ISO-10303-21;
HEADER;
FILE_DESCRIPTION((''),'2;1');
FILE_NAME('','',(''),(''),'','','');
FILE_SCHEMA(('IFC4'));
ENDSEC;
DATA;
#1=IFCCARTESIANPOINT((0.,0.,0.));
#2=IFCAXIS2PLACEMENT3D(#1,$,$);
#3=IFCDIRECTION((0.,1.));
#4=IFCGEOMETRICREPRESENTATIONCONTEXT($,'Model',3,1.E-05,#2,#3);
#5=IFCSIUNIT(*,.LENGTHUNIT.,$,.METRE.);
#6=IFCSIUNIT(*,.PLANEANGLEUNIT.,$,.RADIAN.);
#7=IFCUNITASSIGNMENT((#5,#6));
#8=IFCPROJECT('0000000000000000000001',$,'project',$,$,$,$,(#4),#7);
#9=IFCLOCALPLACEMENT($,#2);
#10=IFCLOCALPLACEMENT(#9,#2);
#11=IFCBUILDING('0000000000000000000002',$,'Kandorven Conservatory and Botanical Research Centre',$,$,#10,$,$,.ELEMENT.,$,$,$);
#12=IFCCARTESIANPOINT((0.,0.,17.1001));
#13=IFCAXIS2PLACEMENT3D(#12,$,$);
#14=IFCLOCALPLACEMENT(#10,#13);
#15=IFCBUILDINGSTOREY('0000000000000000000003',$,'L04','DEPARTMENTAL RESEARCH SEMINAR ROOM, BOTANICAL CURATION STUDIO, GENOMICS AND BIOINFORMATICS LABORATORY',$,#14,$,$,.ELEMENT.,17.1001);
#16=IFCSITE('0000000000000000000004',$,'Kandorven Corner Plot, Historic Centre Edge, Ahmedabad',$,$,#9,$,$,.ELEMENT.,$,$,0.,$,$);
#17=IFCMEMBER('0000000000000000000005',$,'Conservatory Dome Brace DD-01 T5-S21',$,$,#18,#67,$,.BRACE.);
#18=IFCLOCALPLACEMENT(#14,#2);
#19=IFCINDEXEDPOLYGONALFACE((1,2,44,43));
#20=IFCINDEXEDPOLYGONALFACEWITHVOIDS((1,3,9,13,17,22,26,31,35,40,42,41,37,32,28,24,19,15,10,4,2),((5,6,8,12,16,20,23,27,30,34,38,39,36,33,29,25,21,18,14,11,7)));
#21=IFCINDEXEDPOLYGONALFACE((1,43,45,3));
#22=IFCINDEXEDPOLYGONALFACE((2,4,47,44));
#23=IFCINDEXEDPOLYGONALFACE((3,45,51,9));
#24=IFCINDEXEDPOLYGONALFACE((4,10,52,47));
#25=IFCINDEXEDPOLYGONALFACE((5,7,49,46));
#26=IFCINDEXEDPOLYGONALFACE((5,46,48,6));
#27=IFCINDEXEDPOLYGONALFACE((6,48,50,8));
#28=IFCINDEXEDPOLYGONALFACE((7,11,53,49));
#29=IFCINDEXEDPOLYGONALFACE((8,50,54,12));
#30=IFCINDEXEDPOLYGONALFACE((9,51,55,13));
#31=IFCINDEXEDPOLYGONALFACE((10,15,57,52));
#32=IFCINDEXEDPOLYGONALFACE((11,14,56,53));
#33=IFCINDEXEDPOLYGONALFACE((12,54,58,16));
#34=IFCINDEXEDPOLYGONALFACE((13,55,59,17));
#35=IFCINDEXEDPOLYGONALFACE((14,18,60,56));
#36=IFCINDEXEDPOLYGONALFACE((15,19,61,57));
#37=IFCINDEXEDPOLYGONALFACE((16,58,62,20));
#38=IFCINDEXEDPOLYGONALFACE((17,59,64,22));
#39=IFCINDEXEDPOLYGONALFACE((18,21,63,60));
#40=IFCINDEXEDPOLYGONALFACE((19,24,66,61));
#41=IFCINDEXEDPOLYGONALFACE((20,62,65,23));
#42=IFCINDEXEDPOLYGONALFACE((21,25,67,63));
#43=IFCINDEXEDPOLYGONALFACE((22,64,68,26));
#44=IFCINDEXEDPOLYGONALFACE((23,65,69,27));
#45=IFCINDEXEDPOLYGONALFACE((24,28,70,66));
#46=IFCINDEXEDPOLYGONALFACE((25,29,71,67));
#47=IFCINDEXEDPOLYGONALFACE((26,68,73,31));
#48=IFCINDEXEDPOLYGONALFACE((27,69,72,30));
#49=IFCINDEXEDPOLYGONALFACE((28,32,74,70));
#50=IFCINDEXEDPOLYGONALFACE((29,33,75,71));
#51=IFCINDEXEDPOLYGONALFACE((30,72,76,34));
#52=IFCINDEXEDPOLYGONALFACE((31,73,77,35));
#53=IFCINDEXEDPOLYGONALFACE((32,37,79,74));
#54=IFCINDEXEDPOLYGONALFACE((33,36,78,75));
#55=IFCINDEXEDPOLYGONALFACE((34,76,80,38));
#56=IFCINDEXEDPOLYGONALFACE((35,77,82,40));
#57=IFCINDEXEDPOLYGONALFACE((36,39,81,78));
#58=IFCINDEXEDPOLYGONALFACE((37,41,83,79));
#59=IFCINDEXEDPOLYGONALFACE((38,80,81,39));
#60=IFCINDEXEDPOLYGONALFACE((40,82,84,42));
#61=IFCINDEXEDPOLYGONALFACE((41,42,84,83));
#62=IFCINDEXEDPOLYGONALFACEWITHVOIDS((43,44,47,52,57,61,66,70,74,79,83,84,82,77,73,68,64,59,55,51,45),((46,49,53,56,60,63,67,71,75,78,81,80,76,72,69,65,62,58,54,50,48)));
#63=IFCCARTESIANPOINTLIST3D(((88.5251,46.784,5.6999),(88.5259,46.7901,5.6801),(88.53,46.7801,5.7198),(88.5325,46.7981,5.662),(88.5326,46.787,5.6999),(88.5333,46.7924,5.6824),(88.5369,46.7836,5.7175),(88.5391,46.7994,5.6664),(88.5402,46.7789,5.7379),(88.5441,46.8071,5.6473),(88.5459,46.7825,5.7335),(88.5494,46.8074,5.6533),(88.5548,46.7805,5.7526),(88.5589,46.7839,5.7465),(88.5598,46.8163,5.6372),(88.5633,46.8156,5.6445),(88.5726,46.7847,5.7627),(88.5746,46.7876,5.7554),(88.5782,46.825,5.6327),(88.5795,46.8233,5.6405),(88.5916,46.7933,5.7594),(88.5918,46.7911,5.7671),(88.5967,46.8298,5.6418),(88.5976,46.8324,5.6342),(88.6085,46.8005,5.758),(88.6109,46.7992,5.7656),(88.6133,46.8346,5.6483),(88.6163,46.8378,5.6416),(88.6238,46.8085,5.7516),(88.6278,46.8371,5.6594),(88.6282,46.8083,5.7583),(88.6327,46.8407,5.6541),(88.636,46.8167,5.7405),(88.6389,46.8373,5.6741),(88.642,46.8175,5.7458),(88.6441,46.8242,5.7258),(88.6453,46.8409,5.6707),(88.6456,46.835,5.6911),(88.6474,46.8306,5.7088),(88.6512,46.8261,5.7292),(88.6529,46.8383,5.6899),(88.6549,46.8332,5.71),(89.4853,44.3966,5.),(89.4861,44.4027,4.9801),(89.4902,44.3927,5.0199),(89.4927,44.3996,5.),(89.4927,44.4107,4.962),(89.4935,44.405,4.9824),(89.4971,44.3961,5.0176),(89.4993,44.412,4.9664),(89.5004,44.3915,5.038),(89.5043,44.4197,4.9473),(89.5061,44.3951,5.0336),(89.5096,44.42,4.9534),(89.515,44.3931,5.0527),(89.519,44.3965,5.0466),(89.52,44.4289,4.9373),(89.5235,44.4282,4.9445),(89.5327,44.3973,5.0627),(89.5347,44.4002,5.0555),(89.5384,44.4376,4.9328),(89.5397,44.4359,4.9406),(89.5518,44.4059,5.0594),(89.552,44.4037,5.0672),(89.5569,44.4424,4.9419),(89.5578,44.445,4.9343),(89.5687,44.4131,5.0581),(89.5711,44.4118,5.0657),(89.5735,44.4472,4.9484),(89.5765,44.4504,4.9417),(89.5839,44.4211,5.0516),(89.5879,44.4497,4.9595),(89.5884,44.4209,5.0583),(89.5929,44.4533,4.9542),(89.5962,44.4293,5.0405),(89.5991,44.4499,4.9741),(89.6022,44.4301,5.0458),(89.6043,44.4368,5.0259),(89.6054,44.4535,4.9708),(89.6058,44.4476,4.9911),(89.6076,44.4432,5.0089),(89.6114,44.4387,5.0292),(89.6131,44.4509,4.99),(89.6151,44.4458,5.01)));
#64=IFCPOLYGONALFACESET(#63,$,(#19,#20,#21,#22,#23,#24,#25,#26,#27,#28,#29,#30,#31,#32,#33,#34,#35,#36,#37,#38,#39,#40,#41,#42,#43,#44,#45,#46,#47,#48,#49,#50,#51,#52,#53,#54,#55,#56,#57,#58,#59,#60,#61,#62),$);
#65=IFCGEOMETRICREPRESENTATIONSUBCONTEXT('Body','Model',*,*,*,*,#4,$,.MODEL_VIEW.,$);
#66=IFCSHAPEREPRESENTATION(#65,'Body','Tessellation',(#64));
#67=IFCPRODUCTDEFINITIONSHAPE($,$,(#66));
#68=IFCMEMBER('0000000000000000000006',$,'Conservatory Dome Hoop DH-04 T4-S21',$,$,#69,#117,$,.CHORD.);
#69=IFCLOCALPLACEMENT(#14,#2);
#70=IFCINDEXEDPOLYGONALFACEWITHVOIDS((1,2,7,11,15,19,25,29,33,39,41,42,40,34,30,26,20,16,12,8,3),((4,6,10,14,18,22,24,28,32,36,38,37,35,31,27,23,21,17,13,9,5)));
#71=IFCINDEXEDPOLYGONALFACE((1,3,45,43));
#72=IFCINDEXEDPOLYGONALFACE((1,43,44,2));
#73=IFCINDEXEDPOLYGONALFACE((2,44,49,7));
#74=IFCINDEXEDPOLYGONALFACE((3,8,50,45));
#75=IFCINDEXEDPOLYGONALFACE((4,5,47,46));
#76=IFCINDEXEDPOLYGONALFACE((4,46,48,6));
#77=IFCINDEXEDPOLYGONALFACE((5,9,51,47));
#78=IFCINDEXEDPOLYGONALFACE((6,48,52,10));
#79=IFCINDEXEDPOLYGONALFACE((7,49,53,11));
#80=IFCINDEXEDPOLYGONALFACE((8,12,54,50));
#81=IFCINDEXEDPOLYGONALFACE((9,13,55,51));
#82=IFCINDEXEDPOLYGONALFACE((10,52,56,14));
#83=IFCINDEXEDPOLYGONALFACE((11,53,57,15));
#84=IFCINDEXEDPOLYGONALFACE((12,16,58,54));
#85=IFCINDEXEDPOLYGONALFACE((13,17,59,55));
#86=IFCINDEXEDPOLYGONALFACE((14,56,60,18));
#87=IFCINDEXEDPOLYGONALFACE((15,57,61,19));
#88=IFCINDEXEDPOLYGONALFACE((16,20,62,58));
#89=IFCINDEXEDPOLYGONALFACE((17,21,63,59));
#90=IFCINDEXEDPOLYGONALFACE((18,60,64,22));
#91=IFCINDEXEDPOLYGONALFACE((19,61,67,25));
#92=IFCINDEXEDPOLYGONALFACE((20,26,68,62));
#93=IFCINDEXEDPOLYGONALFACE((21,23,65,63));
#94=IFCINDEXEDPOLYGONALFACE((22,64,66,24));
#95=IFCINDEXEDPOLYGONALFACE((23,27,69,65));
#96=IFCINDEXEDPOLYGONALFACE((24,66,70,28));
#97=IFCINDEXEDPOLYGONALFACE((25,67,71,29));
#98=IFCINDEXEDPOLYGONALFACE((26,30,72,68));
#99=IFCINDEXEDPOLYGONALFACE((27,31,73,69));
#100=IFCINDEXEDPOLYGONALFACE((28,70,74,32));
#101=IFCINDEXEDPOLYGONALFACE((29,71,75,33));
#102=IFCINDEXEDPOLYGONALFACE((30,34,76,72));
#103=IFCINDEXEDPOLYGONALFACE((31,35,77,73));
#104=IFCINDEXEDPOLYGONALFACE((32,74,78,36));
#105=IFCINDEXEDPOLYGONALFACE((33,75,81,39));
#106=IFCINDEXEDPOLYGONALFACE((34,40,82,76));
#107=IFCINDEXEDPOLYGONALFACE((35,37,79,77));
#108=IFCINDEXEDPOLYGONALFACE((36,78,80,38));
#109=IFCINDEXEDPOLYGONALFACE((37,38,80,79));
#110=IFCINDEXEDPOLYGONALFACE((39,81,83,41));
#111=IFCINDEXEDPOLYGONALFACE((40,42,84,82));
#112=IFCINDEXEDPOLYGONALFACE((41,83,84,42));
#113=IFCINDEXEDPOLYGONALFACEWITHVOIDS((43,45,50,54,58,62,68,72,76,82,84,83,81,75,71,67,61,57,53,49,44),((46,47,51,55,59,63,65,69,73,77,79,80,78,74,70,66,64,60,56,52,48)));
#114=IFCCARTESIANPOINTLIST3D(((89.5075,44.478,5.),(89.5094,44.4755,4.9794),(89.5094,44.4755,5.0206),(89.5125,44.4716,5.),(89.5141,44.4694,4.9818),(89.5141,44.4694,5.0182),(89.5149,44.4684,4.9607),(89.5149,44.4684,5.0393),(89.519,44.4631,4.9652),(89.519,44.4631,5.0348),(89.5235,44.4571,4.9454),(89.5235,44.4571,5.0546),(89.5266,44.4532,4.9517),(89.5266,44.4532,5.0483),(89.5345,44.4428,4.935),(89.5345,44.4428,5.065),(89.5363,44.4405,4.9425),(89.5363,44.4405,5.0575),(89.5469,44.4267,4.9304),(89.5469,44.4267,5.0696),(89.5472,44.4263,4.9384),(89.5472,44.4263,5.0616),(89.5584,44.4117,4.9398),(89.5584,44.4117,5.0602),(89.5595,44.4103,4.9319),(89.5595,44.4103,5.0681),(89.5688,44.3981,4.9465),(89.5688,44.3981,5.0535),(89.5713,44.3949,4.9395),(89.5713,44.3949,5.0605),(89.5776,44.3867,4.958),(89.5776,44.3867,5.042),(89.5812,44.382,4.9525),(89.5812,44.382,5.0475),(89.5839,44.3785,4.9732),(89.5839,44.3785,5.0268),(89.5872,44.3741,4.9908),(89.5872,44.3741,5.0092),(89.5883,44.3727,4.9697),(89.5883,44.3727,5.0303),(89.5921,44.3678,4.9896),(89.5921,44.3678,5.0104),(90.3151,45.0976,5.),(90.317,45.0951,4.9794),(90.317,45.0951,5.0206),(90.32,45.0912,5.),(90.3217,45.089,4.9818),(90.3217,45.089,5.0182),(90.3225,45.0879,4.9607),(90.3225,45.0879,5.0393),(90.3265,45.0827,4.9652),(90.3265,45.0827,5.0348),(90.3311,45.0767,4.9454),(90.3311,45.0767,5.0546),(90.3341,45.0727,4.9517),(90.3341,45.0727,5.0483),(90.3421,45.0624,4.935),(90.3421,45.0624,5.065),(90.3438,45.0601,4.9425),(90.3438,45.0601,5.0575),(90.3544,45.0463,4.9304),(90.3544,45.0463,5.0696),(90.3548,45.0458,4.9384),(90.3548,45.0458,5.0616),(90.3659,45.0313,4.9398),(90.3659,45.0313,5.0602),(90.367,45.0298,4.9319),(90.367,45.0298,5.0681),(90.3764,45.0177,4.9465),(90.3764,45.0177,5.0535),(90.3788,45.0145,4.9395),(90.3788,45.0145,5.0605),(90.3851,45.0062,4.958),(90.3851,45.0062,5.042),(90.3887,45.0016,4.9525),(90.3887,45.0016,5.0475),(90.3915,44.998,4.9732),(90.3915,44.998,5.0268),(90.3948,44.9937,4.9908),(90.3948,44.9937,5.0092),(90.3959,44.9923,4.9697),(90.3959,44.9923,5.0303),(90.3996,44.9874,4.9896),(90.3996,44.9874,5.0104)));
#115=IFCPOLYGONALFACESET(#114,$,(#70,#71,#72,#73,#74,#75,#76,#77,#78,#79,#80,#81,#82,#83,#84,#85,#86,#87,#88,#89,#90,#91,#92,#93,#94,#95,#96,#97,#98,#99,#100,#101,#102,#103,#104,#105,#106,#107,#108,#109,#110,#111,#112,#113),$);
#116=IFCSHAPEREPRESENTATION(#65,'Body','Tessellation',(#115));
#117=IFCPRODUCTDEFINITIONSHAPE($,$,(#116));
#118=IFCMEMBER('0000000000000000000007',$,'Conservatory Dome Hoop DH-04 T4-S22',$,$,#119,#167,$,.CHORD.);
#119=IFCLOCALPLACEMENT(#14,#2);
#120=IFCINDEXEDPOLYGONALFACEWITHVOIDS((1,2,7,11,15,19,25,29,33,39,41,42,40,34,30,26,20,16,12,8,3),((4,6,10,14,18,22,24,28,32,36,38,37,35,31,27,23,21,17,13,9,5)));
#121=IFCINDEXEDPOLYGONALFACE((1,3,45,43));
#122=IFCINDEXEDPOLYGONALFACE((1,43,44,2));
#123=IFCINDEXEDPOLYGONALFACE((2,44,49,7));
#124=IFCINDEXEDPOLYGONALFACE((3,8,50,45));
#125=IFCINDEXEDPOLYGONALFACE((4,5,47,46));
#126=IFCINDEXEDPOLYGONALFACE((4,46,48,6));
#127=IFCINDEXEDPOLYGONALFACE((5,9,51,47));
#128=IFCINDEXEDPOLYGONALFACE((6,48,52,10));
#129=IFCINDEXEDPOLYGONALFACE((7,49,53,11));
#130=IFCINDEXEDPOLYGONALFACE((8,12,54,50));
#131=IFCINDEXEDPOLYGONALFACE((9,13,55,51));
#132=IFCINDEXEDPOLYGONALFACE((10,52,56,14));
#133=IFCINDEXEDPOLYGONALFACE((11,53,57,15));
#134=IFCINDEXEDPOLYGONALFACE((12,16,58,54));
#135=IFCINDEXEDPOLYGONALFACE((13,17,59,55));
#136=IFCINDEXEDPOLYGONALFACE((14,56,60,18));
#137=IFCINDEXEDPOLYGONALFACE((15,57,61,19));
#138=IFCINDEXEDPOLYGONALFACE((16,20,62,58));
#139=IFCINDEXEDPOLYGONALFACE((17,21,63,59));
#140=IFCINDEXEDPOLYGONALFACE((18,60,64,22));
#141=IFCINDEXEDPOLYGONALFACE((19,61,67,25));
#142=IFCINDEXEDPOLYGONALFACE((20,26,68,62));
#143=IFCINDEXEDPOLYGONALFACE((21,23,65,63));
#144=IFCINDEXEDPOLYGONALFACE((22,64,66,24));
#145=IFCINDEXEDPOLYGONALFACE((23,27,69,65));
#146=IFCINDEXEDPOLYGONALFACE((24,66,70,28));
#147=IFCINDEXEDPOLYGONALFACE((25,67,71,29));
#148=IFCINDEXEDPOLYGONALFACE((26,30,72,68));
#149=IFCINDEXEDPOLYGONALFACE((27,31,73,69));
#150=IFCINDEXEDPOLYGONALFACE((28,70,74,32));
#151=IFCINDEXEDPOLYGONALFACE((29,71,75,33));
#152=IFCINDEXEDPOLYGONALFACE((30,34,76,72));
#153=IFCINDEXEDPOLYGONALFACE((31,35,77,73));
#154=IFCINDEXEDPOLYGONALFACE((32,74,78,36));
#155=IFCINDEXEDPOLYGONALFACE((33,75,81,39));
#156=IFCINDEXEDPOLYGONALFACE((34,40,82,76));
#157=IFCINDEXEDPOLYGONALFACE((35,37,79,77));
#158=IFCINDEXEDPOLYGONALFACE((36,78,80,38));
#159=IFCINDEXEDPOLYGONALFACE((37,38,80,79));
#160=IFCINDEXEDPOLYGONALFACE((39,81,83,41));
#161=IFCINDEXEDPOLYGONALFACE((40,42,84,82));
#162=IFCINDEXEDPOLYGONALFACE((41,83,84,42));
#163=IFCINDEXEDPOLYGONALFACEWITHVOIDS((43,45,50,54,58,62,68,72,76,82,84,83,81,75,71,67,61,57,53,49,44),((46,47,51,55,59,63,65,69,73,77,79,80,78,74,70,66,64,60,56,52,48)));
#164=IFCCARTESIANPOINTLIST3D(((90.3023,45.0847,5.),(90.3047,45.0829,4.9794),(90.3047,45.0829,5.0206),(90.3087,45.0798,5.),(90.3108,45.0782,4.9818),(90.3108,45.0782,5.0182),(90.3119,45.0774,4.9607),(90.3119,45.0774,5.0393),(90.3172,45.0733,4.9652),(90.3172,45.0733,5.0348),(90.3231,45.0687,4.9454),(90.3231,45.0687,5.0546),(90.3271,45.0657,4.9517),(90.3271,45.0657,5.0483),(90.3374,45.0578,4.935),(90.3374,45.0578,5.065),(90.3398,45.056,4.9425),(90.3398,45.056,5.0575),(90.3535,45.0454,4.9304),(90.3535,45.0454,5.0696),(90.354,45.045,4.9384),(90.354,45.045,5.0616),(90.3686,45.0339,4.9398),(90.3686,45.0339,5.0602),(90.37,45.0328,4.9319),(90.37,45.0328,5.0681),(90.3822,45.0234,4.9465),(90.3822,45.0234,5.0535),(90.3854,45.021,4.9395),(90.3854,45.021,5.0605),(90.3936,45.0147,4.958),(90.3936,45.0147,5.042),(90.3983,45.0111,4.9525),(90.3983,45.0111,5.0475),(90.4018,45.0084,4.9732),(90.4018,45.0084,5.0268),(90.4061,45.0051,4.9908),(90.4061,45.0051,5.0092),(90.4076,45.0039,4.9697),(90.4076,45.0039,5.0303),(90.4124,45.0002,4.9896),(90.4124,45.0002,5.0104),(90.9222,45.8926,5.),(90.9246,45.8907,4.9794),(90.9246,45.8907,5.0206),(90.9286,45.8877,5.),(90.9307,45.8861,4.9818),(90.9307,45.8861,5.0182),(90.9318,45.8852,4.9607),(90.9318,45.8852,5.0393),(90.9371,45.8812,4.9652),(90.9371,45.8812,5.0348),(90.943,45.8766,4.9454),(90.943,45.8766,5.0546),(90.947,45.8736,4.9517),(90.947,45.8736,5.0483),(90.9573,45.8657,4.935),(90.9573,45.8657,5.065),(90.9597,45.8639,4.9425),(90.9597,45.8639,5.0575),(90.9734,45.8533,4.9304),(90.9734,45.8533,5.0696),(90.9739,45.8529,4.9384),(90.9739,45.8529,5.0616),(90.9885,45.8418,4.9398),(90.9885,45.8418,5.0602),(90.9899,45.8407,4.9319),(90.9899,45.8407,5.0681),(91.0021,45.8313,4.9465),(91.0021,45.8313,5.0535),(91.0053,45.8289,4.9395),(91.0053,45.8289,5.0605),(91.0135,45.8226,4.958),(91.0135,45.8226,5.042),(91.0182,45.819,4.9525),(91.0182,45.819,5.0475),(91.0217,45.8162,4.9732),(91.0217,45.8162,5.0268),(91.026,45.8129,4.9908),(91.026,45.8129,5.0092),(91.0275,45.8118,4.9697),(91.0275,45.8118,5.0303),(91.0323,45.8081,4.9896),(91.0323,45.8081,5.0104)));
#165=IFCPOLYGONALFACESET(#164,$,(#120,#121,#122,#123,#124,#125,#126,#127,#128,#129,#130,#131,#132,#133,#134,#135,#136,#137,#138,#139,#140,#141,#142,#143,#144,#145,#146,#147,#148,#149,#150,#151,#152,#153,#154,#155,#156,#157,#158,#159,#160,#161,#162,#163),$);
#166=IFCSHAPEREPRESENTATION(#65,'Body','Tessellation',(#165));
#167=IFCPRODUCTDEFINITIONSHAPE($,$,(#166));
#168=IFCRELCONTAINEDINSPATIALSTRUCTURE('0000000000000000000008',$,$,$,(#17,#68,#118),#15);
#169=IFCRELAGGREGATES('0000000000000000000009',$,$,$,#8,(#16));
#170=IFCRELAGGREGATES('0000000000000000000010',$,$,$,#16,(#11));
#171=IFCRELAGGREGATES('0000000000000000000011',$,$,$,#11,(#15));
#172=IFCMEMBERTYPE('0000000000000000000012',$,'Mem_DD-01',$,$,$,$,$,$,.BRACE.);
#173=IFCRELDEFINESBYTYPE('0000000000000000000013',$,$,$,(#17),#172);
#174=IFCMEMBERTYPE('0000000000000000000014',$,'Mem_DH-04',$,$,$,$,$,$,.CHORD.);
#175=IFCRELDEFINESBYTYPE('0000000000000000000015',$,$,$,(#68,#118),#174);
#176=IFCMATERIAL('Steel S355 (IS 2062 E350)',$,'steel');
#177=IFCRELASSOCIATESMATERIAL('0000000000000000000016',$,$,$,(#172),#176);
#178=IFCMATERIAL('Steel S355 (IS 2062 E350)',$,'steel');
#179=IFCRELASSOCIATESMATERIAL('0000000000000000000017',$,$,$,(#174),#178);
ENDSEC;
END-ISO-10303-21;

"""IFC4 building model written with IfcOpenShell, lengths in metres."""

from ifc_helpers import new_model, si_unit, direction, frame, origin, origin_2d, place, context, subcontext, project, spatial, hollow_circle, extrude, material, material_profile, profile_set, type_object, element, save


model = new_model("IFC4")

# Units and contexts
model_context = context("Model", 3, precision=1e-05, world=origin(), true_north=direction((0.0, 1.0)))
body_context = subcontext(model_context, "Body", "Model", "MODEL_VIEW")
ifc_project = project(units=[si_unit("LENGTHUNIT", "METRE"), si_unit("PLANEANGLEUNIT", "RADIAN")], contexts=[model_context])

# Site, building, storey
site_placement = place(None, origin())
site = spatial("IfcSite", under=ifc_project, at=site_placement, Name="Kandorven Corner Plot, Historic Centre Edge, Ahmedabad", CompositionType="ELEMENT", RefElevation=0.0)
building_placement = place(site_placement, origin())
building = spatial("IfcBuilding", under=site, at=building_placement, Name="Kandorven Conservatory and Botanical Research Centre", CompositionType="ELEMENT")
storey_placement = place(building_placement, frame((0.0, 0.0, 17.1001)))
storey = spatial("IfcBuildingStorey", under=building, at=storey_placement, Name="L04", Description="DEPARTMENTAL RESEARCH SEMINAR ROOM, BOTANICAL CURATION STUDIO, GENOMICS AND BIOINFORMATICS LABORATORY", CompositionType="ELEMENT", Elevation=17.1001)

# Members
ifc_material_1 = material(Name="Steel S355 (IS 2062 E350)", Category="steel")
ifc_material_profile_1 = material_profile(ifc_material_1, hollow_circle(Radius=0.0698, WallThickness=0.0081, at=origin_2d()))
ifc_profile_set_1 = profile_set([ifc_material_profile_1], Name="Steel S355 (IS 2062 E350)")
member_type_1 = type_object("IfcMemberType", Name="Mem_DD-01", PredefinedType="BRACE", material=ifc_profile_set_1)
for number, where, z_axis, x_axis, name in (
    (1, (89.55, 44.4226, 5.0), (-0.360058, 0.895248, 0.262468), (-0.927775, -0.37314, 0.0), "Conservatory Dome Brace DD-01 T5-S21"),
):
    element("IfcMember", number, at=place(storey_placement, frame(where, z_axis=z_axis, x_axis=x_axis)), inside=storey, type_object=member_type_1, Name=name, PredefinedType="BRACE", context=body_context, shape_type="SweptSolid", body=[
        extrude(hollow_circle(Radius=0.0698, WallThickness=0.0081, at=origin_2d()), origin(), (0.0, 0.0, 1.0), 2.6667),
    ])
ifc_material_2 = material(Name="Steel S355 (IS 2062 E350)", Category="steel")
ifc_material_profile_2 = material_profile(ifc_material_2, hollow_circle(Radius=0.0698, WallThickness=0.0081, at=origin_2d()))
ifc_profile_set_2 = profile_set([ifc_material_profile_2], Name="Steel S355 (IS 2062 E350)")
member_type_2 = type_object("IfcMemberType", Name="Mem_DH-04", PredefinedType="CHORD", material=ifc_profile_set_2)
member_1_placement = place(storey_placement, frame((89.55, 44.4226, 5.0), z_axis=(0.79339, 0.608713, 0.0), x_axis=(-0.608713, 0.79339, 0.0)))
element("IfcMember", 2, at=member_1_placement, inside=storey, type_object=member_type_2, Name="Conservatory Dome Hoop DH-04 T4-S21", PredefinedType="CHORD", context=body_context, shape_type="SweptSolid", body=[
    extrude(hollow_circle(Radius=0.0698, WallThickness=0.0081, at=origin_2d()), origin(), (0.0, 0.0, 1.0), 1.0178),
])
member_2_placement = place(storey_placement, frame((90.3577, 45.0422, 5.0), z_axis=(0.608749, 0.793363, 0.0), x_axis=(-0.793363, 0.608749, 0.0)))
element("IfcMember", 3, at=member_2_placement, inside=storey, type_object=member_type_2, Name="Conservatory Dome Hoop DH-04 T4-S22", PredefinedType="CHORD", context=body_context, shape_type="SweptSolid", body=[
    extrude(hollow_circle(Radius=0.0698, WallThickness=0.0081, at=origin_2d()), origin(), (0.0, 0.0, 1.0), 1.0183),
])

save(model, "model.ifc")
